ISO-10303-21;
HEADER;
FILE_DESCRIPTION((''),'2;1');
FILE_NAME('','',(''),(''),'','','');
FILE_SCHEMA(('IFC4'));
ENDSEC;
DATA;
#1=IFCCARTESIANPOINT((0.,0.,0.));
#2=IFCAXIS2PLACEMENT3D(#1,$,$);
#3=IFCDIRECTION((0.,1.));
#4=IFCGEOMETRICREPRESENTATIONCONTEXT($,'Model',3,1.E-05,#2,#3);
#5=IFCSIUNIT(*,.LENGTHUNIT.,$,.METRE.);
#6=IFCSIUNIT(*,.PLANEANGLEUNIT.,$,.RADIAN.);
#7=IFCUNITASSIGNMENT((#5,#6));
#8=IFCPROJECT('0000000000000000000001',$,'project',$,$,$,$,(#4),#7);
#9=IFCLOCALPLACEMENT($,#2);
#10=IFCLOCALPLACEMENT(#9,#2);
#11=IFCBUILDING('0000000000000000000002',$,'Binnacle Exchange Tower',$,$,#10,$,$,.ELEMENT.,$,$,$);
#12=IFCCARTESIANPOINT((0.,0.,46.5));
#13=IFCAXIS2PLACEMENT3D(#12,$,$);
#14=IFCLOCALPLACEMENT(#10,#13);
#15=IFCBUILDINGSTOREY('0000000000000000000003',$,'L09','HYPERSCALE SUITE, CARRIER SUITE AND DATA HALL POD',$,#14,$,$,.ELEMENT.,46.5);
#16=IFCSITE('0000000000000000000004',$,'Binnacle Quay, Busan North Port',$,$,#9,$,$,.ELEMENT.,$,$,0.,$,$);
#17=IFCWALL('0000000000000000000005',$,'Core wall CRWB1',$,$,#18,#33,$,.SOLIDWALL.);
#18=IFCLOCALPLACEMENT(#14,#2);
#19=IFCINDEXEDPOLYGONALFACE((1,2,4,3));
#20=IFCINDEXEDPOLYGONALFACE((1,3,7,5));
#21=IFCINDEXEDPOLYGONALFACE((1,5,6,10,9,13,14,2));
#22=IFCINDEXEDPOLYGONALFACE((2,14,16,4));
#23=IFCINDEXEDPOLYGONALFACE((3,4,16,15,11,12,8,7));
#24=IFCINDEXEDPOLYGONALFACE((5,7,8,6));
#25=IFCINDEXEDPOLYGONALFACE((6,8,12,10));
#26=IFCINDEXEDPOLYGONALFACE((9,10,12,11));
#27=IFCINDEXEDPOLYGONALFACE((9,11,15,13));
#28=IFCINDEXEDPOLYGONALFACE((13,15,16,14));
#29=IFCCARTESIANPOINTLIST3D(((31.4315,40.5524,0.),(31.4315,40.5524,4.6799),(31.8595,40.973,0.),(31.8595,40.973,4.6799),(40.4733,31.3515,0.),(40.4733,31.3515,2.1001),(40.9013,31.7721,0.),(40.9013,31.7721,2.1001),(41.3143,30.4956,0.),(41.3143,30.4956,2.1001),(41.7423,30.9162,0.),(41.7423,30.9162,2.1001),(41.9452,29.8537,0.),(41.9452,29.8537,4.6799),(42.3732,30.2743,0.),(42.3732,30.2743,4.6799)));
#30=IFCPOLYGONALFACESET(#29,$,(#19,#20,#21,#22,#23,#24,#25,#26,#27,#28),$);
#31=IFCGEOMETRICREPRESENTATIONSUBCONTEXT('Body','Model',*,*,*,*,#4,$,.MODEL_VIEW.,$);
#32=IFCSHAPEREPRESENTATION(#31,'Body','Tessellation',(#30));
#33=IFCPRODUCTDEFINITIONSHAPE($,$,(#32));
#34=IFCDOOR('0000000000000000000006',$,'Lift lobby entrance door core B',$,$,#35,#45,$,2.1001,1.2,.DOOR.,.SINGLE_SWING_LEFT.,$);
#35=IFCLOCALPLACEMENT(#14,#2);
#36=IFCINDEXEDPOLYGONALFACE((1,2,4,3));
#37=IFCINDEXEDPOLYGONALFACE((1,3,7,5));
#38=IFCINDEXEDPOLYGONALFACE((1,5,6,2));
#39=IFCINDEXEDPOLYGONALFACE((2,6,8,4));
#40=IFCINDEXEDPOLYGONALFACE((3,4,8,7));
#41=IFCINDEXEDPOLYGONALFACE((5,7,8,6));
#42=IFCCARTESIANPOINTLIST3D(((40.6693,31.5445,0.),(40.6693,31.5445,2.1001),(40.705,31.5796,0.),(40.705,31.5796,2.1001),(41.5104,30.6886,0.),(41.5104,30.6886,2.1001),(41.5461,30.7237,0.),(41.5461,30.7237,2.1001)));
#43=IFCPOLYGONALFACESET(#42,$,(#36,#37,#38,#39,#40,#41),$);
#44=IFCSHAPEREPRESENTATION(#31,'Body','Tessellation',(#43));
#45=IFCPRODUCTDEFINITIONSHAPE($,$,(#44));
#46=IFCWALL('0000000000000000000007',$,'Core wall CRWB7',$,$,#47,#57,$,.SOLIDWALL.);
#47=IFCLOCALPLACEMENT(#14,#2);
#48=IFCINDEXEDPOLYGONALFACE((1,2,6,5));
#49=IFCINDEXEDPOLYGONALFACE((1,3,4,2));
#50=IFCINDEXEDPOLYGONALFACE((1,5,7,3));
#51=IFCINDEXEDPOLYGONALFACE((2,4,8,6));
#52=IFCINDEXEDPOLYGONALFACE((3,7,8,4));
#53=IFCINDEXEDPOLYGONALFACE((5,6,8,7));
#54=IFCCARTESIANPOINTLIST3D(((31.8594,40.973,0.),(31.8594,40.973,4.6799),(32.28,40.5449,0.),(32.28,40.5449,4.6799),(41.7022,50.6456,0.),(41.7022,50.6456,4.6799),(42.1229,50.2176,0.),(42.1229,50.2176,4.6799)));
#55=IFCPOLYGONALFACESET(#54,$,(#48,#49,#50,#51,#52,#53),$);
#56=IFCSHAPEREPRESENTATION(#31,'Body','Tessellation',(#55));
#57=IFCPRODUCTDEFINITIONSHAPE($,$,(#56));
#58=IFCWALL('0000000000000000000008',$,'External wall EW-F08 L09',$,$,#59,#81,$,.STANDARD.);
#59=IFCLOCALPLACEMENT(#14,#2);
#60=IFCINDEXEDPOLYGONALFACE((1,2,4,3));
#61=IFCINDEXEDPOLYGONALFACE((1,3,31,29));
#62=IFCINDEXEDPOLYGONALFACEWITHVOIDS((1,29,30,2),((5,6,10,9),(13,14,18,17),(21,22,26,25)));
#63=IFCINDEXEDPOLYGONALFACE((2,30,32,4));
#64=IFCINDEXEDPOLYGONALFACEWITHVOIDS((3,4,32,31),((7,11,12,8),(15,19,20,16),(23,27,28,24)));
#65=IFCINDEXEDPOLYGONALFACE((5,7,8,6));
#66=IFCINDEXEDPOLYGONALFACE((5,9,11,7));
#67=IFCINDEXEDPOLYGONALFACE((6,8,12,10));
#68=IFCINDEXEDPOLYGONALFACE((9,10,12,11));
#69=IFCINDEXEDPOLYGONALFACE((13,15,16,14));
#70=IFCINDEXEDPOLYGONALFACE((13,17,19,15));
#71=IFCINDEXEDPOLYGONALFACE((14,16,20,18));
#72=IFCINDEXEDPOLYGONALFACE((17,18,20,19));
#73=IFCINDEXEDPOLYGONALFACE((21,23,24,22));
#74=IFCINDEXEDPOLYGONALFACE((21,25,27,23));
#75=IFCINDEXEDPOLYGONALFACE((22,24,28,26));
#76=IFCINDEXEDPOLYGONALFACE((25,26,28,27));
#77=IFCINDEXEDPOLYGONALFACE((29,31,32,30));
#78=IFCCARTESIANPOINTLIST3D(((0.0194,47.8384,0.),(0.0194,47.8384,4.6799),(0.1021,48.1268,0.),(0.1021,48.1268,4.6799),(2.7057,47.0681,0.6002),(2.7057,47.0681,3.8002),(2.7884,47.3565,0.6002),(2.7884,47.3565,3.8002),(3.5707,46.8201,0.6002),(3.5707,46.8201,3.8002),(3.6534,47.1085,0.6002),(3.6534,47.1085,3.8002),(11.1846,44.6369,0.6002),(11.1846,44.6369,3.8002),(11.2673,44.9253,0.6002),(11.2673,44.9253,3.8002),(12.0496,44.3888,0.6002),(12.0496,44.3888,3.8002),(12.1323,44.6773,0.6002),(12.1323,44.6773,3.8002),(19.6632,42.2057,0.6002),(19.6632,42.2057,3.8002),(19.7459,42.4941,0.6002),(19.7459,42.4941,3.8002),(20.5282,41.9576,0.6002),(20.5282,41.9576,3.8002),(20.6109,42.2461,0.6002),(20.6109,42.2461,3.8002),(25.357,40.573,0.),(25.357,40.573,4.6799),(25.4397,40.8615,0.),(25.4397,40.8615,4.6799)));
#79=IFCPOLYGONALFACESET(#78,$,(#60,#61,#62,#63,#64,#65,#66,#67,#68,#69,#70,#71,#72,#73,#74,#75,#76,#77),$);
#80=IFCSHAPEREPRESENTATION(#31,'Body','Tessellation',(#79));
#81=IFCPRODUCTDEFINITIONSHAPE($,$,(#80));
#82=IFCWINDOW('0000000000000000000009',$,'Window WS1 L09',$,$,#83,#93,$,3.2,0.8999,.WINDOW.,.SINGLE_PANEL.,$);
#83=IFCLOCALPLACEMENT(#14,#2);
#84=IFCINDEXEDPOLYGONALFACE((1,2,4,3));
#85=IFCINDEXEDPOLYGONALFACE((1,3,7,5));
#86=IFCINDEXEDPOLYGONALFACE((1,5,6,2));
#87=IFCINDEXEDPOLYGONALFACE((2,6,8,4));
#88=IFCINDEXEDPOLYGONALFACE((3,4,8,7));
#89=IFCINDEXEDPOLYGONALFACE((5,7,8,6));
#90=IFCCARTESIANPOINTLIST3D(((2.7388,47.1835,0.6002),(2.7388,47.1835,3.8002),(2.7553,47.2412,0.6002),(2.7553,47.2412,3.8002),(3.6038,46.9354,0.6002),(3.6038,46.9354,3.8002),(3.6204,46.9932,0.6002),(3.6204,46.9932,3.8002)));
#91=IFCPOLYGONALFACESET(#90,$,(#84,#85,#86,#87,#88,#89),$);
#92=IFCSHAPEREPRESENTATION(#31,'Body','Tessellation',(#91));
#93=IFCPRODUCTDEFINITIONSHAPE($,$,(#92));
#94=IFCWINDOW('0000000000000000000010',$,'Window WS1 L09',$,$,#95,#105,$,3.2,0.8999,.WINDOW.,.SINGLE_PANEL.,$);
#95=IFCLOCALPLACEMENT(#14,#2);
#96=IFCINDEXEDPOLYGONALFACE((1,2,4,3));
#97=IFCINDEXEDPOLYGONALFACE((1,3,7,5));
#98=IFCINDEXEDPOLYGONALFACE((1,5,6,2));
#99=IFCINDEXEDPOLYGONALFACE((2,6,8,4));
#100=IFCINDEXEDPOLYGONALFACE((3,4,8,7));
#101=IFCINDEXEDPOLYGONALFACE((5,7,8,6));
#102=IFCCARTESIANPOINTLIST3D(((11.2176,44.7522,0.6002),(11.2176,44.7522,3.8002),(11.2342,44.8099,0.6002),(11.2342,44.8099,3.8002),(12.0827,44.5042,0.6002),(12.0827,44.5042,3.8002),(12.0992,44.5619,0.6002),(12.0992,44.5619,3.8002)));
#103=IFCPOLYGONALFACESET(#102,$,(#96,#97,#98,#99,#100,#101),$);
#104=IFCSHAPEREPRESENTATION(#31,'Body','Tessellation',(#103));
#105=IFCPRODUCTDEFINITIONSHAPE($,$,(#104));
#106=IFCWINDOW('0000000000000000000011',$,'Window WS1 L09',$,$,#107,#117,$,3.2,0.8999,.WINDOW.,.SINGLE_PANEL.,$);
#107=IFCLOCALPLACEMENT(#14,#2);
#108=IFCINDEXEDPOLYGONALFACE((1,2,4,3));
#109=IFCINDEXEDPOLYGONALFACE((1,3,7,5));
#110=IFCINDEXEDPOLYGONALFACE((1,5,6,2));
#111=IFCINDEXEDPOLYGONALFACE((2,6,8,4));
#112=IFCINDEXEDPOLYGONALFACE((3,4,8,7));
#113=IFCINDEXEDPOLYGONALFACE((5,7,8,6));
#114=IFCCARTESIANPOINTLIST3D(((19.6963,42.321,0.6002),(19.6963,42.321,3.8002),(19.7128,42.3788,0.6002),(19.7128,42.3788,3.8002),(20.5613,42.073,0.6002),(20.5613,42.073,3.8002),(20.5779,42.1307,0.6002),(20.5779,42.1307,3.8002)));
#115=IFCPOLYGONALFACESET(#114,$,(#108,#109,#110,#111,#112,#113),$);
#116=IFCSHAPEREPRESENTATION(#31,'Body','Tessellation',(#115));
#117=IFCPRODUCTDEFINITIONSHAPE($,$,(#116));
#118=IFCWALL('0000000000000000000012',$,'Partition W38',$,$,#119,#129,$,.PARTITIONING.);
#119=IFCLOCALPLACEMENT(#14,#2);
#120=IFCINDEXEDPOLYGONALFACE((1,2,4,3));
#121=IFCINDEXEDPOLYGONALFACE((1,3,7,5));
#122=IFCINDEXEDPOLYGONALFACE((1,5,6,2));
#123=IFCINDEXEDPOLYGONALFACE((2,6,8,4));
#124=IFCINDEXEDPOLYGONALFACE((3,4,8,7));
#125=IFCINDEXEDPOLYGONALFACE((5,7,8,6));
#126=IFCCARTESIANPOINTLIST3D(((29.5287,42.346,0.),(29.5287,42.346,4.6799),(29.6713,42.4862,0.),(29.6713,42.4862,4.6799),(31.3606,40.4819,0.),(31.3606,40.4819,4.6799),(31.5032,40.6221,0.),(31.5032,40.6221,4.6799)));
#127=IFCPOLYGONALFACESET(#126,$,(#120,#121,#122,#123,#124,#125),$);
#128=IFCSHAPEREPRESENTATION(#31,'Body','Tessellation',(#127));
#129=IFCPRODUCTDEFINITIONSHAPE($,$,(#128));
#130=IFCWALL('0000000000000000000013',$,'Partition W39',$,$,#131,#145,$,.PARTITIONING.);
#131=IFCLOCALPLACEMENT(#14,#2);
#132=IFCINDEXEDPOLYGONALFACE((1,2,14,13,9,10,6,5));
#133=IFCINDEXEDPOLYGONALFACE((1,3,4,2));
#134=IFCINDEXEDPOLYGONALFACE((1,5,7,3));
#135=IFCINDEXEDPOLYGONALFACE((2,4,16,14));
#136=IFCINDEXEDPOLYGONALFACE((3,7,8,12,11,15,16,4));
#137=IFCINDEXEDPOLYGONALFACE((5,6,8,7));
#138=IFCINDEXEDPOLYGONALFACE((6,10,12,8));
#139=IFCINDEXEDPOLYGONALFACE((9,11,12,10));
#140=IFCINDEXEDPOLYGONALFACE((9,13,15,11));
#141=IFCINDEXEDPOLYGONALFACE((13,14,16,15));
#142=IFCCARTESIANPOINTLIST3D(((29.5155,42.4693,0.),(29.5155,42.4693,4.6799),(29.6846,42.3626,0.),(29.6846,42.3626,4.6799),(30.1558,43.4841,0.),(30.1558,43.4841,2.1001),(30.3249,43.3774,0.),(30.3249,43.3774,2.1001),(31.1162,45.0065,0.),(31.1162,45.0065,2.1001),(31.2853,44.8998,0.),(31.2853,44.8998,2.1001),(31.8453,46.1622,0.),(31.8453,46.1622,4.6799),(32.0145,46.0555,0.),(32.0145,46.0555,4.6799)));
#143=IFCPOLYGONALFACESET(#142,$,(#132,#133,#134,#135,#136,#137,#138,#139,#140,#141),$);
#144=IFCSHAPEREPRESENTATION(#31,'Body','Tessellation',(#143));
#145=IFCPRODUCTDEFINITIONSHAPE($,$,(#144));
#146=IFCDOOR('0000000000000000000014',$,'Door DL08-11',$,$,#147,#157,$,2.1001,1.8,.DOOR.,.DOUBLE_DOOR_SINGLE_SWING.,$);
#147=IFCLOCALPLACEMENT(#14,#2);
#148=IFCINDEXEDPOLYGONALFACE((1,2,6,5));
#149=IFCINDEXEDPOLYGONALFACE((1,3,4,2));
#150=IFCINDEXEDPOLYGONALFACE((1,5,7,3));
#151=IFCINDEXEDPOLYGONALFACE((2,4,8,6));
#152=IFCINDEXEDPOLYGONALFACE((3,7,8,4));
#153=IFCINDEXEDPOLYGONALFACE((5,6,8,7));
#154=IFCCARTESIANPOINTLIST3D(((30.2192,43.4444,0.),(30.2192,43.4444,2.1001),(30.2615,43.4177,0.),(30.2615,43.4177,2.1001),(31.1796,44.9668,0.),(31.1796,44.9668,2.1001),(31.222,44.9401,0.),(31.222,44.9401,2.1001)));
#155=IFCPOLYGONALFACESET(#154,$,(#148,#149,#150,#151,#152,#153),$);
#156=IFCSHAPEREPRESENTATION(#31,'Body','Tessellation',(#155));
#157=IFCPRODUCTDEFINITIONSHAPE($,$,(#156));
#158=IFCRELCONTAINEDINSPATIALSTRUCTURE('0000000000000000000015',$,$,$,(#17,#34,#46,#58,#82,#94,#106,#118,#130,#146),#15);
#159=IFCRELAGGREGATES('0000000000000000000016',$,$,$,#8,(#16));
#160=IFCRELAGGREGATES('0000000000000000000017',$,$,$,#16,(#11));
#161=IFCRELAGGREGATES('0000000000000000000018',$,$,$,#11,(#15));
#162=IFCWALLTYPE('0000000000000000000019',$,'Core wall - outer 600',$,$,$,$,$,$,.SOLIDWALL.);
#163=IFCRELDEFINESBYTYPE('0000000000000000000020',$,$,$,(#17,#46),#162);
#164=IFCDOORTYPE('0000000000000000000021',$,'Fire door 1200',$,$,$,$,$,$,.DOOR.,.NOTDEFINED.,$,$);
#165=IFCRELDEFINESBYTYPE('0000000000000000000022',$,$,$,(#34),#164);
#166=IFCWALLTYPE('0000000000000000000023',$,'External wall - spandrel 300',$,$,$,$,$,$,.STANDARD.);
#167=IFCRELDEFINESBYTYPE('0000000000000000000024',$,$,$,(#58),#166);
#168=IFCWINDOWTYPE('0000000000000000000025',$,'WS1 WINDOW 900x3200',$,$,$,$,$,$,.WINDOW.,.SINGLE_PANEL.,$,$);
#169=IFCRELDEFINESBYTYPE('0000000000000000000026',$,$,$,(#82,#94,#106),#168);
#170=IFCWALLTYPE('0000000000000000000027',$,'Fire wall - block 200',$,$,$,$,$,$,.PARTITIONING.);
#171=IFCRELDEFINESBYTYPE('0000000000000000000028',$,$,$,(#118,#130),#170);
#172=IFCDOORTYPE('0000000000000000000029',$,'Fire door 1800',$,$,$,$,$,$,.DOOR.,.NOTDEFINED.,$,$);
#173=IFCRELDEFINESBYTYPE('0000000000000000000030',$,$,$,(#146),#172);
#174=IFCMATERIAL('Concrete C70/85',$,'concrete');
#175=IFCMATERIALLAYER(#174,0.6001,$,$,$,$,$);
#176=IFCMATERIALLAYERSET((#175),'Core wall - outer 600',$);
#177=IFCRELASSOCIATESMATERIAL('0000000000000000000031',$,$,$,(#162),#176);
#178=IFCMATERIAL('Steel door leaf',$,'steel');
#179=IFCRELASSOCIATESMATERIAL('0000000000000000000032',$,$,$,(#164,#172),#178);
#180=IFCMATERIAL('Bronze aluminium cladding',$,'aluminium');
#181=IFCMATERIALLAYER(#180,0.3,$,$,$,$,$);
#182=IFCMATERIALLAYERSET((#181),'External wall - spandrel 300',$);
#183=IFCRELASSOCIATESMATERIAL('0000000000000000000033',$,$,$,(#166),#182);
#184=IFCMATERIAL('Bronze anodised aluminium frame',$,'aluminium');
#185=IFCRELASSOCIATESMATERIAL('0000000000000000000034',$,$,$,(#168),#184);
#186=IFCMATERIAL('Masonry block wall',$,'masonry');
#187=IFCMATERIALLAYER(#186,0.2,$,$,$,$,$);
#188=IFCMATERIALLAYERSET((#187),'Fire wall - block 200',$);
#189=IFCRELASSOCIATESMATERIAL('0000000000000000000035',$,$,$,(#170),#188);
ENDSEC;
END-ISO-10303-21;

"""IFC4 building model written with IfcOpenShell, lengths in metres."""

from ifc_helpers import new_model, si_unit, direction, frame, frame_2d, origin, place, context, subcontext, project, spatial, rectangle, extrude, material, layer, layer_set, type_object, element, fill, save


model = new_model("IFC4")

# Units and contexts
model_context = context("Model", 3, precision=1e-05, world=origin(), true_north=direction((0.0, 1.0)))
body_context = subcontext(model_context, "Body", "Model", "MODEL_VIEW")
ifc_project = project(units=[si_unit("LENGTHUNIT", "METRE"), si_unit("PLANEANGLEUNIT", "RADIAN")], contexts=[model_context])

# Site, building, storey
site_placement = place(None, origin())
site = spatial("IfcSite", under=ifc_project, at=site_placement, Name="Binnacle Quay, Busan North Port", CompositionType="ELEMENT", RefElevation=0.0)
building_placement = place(site_placement, origin())
building = spatial("IfcBuilding", under=site, at=building_placement, Name="Binnacle Exchange Tower", CompositionType="ELEMENT")
storey_placement = place(building_placement, frame((0.0, 0.0, 46.5)))
storey = spatial("IfcBuildingStorey", under=building, at=storey_placement, Name="L09", Description="HYPERSCALE SUITE, CARRIER SUITE AND DATA HALL POD", CompositionType="ELEMENT", Elevation=46.5)

# Shared definitions
ifc_material_1 = material(Name="Concrete C70/85", Category="concrete")

# Wall, opening, door
ifc_layer_1 = layer(ifc_material_1, 0.6001)
ifc_layer_set_1 = layer_set([ifc_layer_1], Name="Core wall - outer 600")
wall_type_1 = type_object("IfcWallType", Name="Core wall - outer 600", PredefinedType="SOLIDWALL", material=ifc_layer_set_1)
wall_1_placement = place(storey_placement, frame((31.6455, 40.7627, 0.0), z_axis=(0.0, 0.0, 1.0), x_axis=(0.700911, -0.713248, 0.0)))
wall_1 = element("IfcWall", 1, at=wall_1_placement, inside=storey, type_object=wall_type_1, Name="Core wall CRWB1", PredefinedType="SOLIDWALL", context=body_context, shape_type="SweptSolid", body=[
    extrude(rectangle(XDim=15.0, YDim=0.6001, at=frame_2d((7.5, 0.0))), origin(), (0.0, 0.0, 1.0), 4.6799),
])
opening_1_placement = place(wall_1_placement, frame((12.8999, 0.0, 0.0)))
opening_1 = element("IfcOpeningElement", 2, at=opening_1_placement, cuts=wall_1, PredefinedType="OPENING", context=body_context, shape_type="SweptSolid", body=[
    extrude(rectangle(XDim=1.2, YDim=2.1001, at=frame_2d((0.6001, 1.05))), frame((0.0, 0.3101, 0.0), z_axis=(0.0, -1.0, 0.0), x_axis=(1.0, 0.0, 0.0)), (0.0, 0.0, 1.0), 0.6201),
])
ifc_material_2 = material(Name="Steel door leaf", Category="steel")
door_type_1 = type_object("IfcDoorType", Name="Fire door 1200", OperationType="NOTDEFINED", PredefinedType="DOOR", material=ifc_material_2)
door_1_placement = place(opening_1_placement, frame((1.2, 0.0, 0.0), z_axis=(0.0, 0.0, 1.0), x_axis=(-1.0, 0.0, 0.0)))
door_1 = element("IfcDoor", 3, at=door_1_placement, inside=storey, type_object=door_type_1, Name="Lift lobby entrance door core B", OperationType="SINGLE_SWING_LEFT", OverallHeight=2.1001, OverallWidth=1.2, PredefinedType="DOOR", context=body_context, shape_type="SweptSolid", body=[
    extrude(rectangle(XDim=1.2, YDim=2.1001, at=frame_2d((0.6001, 1.05))), frame((0.0, 0.0249, 0.0), z_axis=(0.0, -1.0, 0.0), x_axis=(1.0, 0.0, 0.0)), (0.0, 0.0, 1.0), 0.05),
])
fill(opening_1, door_1)

# Wall
wall_2_placement = place(storey_placement, frame((32.0698, 40.759, 0.0), z_axis=(0.0, 0.0, 1.0), x_axis=(0.713245, 0.700914, 0.0)))
element("IfcWall", 4, at=wall_2_placement, inside=storey, type_object=wall_type_1, Name="Core wall CRWB7", PredefinedType="SOLIDWALL", context=body_context, shape_type="SweptSolid", body=[
    extrude(rectangle(XDim=13.8, YDim=0.6001, at=frame_2d((6.8999, 0.0))), origin(), (0.0, 0.0, 1.0), 4.6799),
])

# Wall, openings, windows
ifc_material_3 = material(Name="Bronze aluminium cladding", Category="aluminium")
ifc_layer_2 = layer(ifc_material_3, 0.3)
ifc_layer_set_2 = layer_set([ifc_layer_2], Name="External wall - spandrel 300")
wall_type_2 = type_object("IfcWallType", Name="External wall - spandrel 300", PredefinedType="STANDARD", material=ifc_layer_set_2)
wall_3_placement = place(storey_placement, frame((25.3982, 40.7173, 0.0), z_axis=(0.0, 0.0, 1.0), x_axis=(-0.961262, 0.275635, 0.0)))
wall_3 = element("IfcWall", 5, at=wall_3_placement, inside=storey, type_object=wall_type_2, Name="External wall EW-F08 L09", PredefinedType="STANDARD", context=body_context, shape_type="SweptSolid", body=[
    extrude(rectangle(XDim=26.3586, YDim=0.3, at=frame_2d((13.1792, 0.0))), origin(), (0.0, 0.0, 1.0), 4.6799),
])
opening_2_placement = place(wall_3_placement, frame((22.6641, 0.0, 0.6001)))
opening_2 = element("IfcOpeningElement", 6, at=opening_2_placement, cuts=wall_3, PredefinedType="OPENING", context=body_context, shape_type="SweptSolid", body=[
    extrude(rectangle(XDim=0.8999, YDim=3.2, at=frame_2d((0.45, 1.6001))), frame((0.0, 0.1599, 0.0), z_axis=(0.0, -1.0, 0.0), x_axis=(1.0, 0.0, 0.0)), (0.0, 0.0, 1.0), 0.3201),
])
opening_3_placement = place(wall_3_placement, frame((13.8435, 0.0, 0.6001)))
opening_3 = element("IfcOpeningElement", 7, at=opening_3_placement, cuts=wall_3, PredefinedType="OPENING", context=body_context, shape_type="SweptSolid", body=[
    extrude(rectangle(XDim=0.8999, YDim=3.2, at=frame_2d((0.45, 1.6001))), frame((0.0, 0.1599, 0.0), z_axis=(0.0, -1.0, 0.0), x_axis=(1.0, 0.0, 0.0)), (0.0, 0.0, 1.0), 0.3201),
])
opening_4_placement = place(wall_3_placement, frame((5.0232, 0.0, 0.6001)))
opening_4 = element("IfcOpeningElement", 8, at=opening_4_placement, cuts=wall_3, PredefinedType="OPENING", context=body_context, shape_type="SweptSolid", body=[
    extrude(rectangle(XDim=0.8999, YDim=3.2, at=frame_2d((0.45, 1.6001))), frame((0.0, 0.1599, 0.0), z_axis=(0.0, -1.0, 0.0), x_axis=(1.0, 0.0, 0.0)), (0.0, 0.0, 1.0), 0.3201),
])
ifc_material_4 = material(Name="Bronze anodised aluminium frame", Category="aluminium")
window_type = type_object("IfcWindowType", Name="WS1 WINDOW 900x3200", PartitioningType="SINGLE_PANEL", PredefinedType="WINDOW", material=ifc_material_4)
window_1_placement = place(opening_2_placement, origin())
window_1 = element("IfcWindow", 9, at=window_1_placement, inside=storey, type_object=window_type, Name="Window WS1 L09", OverallHeight=3.2, OverallWidth=0.8999, PartitioningType="SINGLE_PANEL", PredefinedType="WINDOW", context=body_context, shape_type="SweptSolid", body=[
    extrude(rectangle(XDim=0.8999, YDim=3.2, at=frame_2d((0.45, 1.6001))), frame((0.0, 0.03, 0.0), z_axis=(0.0, -1.0, 0.0), x_axis=(1.0, 0.0, 0.0)), (0.0, 0.0, 1.0), 0.0601),
])
fill(opening_2, window_1)
window_2_placement = place(opening_3_placement, origin())
window_2 = element("IfcWindow", 10, at=window_2_placement, inside=storey, type_object=window_type, Name="Window WS1 L09", OverallHeight=3.2, OverallWidth=0.8999, PartitioningType="SINGLE_PANEL", PredefinedType="WINDOW", context=body_context, shape_type="SweptSolid", body=[
    extrude(rectangle(XDim=0.8999, YDim=3.2, at=frame_2d((0.45, 1.6001))), frame((0.0, 0.03, 0.0), z_axis=(0.0, -1.0, 0.0), x_axis=(1.0, 0.0, 0.0)), (0.0, 0.0, 1.0), 0.0601),
])
fill(opening_3, window_2)
window_3_placement = place(opening_4_placement, origin())
window_3 = element("IfcWindow", 11, at=window_3_placement, inside=storey, type_object=window_type, Name="Window WS1 L09", OverallHeight=3.2, OverallWidth=0.8999, PartitioningType="SINGLE_PANEL", PredefinedType="WINDOW", context=body_context, shape_type="SweptSolid", body=[
    extrude(rectangle(XDim=0.8999, YDim=3.2, at=frame_2d((0.45, 1.6001))), frame((0.0, 0.03, 0.0), z_axis=(0.0, -1.0, 0.0), x_axis=(1.0, 0.0, 0.0)), (0.0, 0.0, 1.0), 0.0601),
])
fill(opening_4, window_3)

# Wall
ifc_material_5 = material(Name="Masonry block wall", Category="masonry")
ifc_layer_3 = layer(ifc_material_5, 0.2)
ifc_layer_set_3 = layer_set([ifc_layer_3], Name="Fire wall - block 200")
wall_type_3 = type_object("IfcWallType", Name="Fire wall - block 200", PredefinedType="PARTITIONING", material=ifc_layer_set_3)
wall_4_placement = place(storey_placement, frame((29.6001, 42.416, 0.0), z_axis=(0.0, 0.0, 1.0), x_axis=(0.700914, -0.713245, 0.0)))
element("IfcWall", 12, at=wall_4_placement, inside=storey, type_object=wall_type_3, Name="Partition W38", PredefinedType="PARTITIONING", context=body_context, shape_type="SweptSolid", body=[
    extrude(rectangle(XDim=2.6135, YDim=0.2, at=frame_2d((1.3066, 0.0))), origin(), (0.0, 0.0, 1.0), 4.6799),
])

# Wall, opening, door
wall_5_placement = place(storey_placement, frame((29.6001, 42.416, 0.0), z_axis=(0.0, 0.0, 1.0), x_axis=(0.533583, 0.845748, 0.0)))
wall_5 = element("IfcWall", 13, at=wall_5_placement, inside=storey, type_object=wall_type_3, Name="Partition W39", PredefinedType="PARTITIONING", context=body_context, shape_type="SweptSolid", body=[
    extrude(rectangle(XDim=4.3665, YDim=0.2, at=frame_2d((2.1831, 0.0))), origin(), (0.0, 0.0, 1.0), 4.6799),
])
opening_5_placement = place(wall_5_placement, frame((1.2, 0.0, 0.0)))
opening_5 = element("IfcOpeningElement", 14, at=opening_5_placement, cuts=wall_5, PredefinedType="OPENING", context=body_context, shape_type="SweptSolid", body=[
    extrude(rectangle(XDim=1.8, YDim=2.1001, at=frame_2d((0.8999, 1.05))), frame((0.0, 0.1099, 0.0), z_axis=(0.0, -1.0, 0.0), x_axis=(1.0, 0.0, 0.0)), (0.0, 0.0, 1.0), 0.22),
])
door_type_2 = type_object("IfcDoorType", Name="Fire door 1800", OperationType="NOTDEFINED", PredefinedType="DOOR", material=ifc_material_2)
door_2_placement = place(opening_5_placement, frame((1.8, 0.0, 0.0), z_axis=(0.0, 0.0, 1.0), x_axis=(-1.0, 0.0, 0.0)))
door_2 = element("IfcDoor", 15, at=door_2_placement, inside=storey, type_object=door_type_2, Name="Door DL08-11", OperationType="DOUBLE_DOOR_SINGLE_SWING", OverallHeight=2.1001, OverallWidth=1.8, PredefinedType="DOOR", context=body_context, shape_type="SweptSolid", body=[
    extrude(rectangle(XDim=1.8, YDim=2.1001, at=frame_2d((0.8999, 1.05))), frame((0.0, 0.0249, 0.0), z_axis=(0.0, -1.0, 0.0), x_axis=(1.0, 0.0, 0.0)), (0.0, 0.0, 1.0), 0.05),
])
fill(opening_5, door_2)

save(model, "model.ifc")
